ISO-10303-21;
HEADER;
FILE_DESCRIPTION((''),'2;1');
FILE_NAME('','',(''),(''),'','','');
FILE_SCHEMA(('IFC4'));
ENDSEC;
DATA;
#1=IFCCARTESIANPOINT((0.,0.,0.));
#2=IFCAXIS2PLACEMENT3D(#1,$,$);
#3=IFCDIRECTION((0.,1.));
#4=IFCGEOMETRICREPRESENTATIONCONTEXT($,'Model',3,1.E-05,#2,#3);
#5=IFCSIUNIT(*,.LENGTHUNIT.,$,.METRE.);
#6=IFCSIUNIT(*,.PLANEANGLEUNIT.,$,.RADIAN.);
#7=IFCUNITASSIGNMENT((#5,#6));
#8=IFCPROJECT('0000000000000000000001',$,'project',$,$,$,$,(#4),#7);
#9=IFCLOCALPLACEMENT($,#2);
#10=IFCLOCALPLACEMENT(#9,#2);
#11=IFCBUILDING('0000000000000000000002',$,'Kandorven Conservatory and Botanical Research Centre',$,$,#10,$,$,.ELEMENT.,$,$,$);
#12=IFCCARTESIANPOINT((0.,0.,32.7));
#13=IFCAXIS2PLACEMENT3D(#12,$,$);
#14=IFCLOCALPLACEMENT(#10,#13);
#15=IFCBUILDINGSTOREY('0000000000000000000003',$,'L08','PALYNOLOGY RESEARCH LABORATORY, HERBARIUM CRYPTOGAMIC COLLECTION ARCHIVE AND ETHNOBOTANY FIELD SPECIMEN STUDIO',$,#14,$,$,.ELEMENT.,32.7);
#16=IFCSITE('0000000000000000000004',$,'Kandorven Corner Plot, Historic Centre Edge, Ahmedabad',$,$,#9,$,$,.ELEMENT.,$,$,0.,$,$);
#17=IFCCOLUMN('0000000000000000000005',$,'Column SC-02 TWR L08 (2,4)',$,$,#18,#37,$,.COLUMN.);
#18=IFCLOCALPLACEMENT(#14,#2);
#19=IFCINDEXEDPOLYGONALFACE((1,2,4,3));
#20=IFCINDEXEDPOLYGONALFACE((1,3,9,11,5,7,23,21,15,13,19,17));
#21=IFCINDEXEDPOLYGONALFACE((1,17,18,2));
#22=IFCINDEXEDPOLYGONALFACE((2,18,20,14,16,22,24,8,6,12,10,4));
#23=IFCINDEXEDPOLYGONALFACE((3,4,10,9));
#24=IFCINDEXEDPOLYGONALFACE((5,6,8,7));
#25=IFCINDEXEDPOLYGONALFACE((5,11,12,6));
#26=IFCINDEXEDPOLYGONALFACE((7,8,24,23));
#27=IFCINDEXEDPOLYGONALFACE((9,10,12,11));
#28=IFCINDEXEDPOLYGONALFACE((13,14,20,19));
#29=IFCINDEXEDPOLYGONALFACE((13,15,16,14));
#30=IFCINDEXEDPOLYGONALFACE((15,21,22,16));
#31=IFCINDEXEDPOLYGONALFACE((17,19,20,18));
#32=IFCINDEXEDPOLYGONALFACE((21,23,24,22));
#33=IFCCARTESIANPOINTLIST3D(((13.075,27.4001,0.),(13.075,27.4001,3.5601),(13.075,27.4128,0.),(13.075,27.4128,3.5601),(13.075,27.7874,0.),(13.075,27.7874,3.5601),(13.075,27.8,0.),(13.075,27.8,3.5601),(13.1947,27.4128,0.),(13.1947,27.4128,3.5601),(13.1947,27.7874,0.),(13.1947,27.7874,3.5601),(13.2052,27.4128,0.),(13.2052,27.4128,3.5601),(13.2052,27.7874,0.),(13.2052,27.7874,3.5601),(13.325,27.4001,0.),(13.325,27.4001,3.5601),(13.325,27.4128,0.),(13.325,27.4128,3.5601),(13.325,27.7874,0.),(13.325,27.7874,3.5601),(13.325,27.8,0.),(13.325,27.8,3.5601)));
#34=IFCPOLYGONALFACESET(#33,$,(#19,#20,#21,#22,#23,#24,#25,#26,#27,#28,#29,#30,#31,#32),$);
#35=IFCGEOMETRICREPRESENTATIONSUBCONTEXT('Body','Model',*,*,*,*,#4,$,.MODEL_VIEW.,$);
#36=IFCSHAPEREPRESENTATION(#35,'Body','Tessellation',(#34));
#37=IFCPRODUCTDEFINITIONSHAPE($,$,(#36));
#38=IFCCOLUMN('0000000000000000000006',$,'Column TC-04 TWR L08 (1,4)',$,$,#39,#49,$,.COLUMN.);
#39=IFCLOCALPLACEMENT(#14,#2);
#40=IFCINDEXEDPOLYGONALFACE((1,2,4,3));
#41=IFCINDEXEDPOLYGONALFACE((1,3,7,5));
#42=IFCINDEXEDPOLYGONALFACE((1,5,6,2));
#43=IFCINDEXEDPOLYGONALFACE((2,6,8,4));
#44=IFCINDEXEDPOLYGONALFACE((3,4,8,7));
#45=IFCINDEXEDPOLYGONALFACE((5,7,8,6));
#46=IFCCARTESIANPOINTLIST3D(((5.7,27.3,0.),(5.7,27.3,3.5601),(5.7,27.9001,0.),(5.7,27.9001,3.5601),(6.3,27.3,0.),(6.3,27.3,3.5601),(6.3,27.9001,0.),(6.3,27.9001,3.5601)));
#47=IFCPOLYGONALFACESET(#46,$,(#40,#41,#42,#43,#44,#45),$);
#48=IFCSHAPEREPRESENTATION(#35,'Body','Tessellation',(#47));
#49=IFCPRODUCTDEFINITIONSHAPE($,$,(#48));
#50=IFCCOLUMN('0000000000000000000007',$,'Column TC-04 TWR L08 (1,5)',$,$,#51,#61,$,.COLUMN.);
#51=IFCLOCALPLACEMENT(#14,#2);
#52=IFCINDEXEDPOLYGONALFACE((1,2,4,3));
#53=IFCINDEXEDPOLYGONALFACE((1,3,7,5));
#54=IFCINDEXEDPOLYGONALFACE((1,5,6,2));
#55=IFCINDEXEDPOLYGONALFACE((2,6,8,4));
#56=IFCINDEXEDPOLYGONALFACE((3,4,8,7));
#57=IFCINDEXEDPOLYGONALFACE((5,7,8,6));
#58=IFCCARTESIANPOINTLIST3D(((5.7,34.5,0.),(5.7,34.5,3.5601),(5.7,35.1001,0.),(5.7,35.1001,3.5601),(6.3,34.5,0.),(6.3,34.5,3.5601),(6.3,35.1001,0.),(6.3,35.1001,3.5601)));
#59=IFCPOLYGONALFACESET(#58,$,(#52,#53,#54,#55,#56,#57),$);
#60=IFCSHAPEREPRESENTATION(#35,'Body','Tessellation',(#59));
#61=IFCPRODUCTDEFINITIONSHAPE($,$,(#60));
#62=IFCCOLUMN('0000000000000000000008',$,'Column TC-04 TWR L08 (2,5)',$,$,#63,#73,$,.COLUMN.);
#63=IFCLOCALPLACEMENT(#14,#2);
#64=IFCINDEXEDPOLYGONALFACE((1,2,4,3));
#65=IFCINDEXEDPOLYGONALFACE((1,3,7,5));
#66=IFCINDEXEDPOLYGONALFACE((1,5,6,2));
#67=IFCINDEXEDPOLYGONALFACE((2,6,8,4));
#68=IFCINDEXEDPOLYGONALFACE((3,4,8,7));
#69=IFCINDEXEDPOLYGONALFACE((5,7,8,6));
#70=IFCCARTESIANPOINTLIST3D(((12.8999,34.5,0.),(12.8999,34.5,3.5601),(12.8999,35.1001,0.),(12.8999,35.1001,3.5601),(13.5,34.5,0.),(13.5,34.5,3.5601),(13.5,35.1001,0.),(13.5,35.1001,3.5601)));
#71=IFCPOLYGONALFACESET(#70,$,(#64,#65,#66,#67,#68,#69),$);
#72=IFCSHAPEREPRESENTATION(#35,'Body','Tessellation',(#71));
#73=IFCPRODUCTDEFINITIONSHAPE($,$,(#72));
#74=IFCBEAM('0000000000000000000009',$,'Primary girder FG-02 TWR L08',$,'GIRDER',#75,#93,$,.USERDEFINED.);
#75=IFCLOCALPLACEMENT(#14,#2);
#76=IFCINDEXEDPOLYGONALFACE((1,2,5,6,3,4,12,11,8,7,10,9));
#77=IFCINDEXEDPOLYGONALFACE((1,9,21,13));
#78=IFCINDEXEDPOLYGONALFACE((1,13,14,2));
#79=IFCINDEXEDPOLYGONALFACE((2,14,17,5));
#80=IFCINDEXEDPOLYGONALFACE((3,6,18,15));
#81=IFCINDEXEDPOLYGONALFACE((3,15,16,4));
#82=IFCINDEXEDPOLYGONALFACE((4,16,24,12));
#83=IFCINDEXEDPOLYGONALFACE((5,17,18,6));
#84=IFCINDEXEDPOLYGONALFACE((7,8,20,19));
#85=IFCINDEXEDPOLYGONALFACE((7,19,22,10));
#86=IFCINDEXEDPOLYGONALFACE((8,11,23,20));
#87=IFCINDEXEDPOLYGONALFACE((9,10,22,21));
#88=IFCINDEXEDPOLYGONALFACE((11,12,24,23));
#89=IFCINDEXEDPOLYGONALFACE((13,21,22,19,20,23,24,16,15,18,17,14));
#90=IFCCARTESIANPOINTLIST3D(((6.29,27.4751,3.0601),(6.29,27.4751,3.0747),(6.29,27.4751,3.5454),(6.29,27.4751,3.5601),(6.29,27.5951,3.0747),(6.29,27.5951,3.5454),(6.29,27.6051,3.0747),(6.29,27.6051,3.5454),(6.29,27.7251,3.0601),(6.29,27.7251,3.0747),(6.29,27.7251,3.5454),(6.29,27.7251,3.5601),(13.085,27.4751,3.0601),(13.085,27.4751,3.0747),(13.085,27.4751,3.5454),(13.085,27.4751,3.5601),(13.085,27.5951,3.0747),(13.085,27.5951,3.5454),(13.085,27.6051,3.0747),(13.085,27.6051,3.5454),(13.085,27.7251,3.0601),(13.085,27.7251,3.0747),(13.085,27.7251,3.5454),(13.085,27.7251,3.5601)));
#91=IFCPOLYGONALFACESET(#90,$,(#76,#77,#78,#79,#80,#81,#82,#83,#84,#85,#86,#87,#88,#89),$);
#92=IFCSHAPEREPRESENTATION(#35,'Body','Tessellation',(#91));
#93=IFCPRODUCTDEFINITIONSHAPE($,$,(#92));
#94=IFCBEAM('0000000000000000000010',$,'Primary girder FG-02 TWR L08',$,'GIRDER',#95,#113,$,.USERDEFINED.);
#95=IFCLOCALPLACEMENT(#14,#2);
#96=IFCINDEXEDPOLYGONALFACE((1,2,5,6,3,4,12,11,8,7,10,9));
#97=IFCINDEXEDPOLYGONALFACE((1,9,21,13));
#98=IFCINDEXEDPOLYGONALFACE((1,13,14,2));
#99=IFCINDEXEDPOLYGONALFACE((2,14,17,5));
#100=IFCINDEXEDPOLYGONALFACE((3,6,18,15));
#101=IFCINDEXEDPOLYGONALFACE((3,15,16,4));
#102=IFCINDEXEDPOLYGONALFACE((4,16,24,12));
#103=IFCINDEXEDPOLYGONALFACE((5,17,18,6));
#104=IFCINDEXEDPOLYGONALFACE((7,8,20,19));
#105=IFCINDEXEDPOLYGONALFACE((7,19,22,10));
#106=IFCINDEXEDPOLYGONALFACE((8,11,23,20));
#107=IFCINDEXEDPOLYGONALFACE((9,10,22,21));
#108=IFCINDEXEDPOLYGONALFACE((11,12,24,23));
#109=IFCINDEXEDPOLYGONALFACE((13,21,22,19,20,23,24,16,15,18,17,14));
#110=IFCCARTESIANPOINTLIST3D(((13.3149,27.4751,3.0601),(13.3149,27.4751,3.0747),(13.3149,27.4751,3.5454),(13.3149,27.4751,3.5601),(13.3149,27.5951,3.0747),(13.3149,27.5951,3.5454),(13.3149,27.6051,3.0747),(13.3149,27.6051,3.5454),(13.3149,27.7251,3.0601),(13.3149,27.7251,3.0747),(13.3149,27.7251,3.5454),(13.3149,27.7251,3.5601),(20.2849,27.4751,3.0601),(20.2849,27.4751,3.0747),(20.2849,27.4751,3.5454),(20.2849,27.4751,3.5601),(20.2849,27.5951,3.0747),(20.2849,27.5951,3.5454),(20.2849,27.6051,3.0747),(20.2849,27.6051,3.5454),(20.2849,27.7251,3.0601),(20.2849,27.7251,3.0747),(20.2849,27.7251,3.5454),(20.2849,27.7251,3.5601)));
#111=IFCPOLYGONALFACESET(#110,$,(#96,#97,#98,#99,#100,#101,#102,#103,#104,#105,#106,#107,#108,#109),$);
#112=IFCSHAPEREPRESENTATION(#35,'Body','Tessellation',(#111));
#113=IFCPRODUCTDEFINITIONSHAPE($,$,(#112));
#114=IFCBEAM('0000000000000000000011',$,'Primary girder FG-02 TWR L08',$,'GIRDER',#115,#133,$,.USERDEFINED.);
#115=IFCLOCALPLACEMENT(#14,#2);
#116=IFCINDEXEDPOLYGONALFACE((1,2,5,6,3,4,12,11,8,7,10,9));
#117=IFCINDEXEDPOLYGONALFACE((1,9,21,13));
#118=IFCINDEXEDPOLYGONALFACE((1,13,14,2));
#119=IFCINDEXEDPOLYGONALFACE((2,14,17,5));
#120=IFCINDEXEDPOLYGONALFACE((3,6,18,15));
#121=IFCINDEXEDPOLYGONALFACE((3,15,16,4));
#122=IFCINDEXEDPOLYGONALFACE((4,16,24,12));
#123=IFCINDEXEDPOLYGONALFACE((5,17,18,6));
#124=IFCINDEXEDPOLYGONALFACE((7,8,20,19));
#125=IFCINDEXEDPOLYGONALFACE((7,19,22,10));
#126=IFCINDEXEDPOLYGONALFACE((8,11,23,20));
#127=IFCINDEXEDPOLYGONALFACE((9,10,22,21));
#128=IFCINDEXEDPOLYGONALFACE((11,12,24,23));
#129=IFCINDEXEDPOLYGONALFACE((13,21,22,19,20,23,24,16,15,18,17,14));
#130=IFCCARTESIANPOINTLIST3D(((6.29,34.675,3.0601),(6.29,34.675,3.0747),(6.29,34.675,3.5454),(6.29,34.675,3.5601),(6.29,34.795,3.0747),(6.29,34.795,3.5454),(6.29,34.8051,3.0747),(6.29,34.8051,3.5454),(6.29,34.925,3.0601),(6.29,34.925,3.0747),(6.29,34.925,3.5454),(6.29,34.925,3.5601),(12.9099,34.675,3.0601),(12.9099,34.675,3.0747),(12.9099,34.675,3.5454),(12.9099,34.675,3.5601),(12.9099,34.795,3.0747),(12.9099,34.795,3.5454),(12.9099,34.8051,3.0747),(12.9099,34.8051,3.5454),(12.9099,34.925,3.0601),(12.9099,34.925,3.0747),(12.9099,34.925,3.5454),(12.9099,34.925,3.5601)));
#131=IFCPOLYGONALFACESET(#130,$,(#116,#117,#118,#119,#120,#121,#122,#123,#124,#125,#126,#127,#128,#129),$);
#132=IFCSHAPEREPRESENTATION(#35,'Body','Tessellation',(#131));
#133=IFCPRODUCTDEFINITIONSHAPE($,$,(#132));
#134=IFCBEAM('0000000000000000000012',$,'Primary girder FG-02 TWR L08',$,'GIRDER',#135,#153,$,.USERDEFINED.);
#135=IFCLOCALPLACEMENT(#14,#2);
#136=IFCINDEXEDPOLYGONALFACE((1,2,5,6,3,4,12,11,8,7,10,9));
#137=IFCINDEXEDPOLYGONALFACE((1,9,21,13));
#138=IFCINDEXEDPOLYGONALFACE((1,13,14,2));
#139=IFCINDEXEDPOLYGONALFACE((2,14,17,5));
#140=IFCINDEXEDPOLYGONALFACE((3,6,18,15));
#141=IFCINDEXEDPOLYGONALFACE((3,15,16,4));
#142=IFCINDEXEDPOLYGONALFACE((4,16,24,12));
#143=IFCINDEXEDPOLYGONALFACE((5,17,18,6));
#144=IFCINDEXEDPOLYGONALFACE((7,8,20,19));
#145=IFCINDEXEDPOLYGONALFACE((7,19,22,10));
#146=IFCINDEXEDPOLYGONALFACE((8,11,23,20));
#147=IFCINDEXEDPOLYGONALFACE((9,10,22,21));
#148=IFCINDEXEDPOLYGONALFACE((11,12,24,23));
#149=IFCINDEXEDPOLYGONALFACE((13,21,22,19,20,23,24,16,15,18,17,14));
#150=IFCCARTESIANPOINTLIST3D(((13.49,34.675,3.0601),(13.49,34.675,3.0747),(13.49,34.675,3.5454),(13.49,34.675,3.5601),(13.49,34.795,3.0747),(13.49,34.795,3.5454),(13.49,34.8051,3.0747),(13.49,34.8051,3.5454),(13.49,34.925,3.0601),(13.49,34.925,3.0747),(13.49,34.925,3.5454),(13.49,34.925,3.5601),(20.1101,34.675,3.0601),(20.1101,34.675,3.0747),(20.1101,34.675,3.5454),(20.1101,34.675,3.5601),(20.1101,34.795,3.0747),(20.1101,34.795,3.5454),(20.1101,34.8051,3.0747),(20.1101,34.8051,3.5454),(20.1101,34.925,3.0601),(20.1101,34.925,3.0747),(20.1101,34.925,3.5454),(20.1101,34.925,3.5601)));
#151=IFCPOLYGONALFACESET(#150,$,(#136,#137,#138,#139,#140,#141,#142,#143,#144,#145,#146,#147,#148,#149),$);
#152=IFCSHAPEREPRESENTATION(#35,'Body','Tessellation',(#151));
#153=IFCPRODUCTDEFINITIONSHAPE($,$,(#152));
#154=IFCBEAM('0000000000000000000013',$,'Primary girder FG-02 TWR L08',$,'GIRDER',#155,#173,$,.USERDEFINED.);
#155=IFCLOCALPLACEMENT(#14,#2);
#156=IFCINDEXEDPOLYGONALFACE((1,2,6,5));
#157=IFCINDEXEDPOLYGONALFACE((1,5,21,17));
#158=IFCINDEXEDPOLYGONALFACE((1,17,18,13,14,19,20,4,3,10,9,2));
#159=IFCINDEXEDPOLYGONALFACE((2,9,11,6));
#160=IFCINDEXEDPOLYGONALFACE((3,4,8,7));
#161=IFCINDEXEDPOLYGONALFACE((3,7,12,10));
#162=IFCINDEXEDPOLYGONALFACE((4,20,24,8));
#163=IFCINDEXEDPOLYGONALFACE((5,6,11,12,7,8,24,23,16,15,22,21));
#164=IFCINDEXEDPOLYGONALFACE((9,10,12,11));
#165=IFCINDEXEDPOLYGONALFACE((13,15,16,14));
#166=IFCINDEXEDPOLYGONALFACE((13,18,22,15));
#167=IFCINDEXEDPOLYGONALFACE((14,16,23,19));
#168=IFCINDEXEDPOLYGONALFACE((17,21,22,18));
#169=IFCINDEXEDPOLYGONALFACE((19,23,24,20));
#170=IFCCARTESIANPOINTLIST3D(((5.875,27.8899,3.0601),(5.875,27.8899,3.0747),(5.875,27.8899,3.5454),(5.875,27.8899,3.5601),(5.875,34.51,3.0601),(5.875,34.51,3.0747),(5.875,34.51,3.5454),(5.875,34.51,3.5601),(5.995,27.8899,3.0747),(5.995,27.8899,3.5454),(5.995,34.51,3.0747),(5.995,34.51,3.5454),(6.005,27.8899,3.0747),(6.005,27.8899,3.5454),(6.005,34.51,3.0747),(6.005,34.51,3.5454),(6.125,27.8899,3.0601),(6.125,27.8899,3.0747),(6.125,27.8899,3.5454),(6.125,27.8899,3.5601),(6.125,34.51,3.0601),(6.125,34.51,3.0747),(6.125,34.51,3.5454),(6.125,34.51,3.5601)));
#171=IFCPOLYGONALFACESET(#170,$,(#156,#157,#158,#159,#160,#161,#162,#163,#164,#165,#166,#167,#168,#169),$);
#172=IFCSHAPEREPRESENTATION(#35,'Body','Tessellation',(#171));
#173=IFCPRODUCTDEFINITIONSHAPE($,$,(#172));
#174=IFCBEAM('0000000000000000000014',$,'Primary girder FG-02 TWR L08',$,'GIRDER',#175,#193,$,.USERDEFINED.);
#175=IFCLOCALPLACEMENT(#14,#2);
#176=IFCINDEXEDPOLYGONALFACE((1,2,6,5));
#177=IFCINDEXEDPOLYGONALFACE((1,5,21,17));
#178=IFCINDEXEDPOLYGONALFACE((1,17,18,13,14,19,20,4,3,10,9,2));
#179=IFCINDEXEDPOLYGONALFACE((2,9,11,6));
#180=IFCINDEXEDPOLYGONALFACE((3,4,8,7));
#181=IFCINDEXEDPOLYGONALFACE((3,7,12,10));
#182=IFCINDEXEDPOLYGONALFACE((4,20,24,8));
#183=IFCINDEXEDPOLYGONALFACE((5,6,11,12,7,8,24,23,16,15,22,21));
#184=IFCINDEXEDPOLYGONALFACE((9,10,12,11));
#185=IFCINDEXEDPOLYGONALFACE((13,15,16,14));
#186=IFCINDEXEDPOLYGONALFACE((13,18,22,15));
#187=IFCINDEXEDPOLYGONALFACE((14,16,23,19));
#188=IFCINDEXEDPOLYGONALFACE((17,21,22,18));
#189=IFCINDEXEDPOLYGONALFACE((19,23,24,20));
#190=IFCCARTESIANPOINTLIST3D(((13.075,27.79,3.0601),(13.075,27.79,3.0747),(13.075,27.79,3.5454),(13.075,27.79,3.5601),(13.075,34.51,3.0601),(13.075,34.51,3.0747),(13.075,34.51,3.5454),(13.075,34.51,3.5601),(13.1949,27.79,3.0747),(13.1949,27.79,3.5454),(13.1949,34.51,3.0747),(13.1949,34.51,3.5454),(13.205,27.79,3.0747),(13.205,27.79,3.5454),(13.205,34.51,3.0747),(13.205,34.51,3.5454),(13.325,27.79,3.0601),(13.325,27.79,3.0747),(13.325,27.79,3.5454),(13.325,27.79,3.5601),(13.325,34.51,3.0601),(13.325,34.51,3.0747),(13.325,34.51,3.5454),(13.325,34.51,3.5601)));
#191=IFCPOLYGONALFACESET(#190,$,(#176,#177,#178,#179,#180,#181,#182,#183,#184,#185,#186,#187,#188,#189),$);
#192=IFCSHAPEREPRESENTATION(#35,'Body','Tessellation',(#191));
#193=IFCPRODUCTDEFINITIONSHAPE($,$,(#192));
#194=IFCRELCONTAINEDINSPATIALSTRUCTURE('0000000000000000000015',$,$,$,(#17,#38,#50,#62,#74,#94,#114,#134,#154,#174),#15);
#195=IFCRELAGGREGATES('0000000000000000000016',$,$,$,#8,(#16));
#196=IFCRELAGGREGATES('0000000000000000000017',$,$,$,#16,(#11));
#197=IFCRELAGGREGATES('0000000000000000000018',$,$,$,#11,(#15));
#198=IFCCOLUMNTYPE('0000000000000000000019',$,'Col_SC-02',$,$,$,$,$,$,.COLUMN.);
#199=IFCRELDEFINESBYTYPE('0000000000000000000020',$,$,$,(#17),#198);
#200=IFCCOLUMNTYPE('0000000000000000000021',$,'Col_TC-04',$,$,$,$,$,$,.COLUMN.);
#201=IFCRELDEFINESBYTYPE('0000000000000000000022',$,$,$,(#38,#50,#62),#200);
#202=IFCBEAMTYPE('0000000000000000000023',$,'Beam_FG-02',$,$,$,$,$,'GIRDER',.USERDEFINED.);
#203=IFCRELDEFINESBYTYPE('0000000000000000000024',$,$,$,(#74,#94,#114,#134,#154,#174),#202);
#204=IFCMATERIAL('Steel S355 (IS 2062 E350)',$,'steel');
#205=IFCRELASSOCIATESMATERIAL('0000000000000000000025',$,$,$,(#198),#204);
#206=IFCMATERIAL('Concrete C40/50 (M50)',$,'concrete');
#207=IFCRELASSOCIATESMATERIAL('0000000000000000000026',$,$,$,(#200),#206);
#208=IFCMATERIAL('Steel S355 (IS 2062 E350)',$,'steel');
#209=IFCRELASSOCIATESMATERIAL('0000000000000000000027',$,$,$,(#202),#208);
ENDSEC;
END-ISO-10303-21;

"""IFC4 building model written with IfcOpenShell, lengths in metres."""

from ifc_helpers import new_model, si_unit, direction, frame, origin, origin_2d, place, context, subcontext, project, spatial, rectangle, i_section, extrude, material, material_profile, profile_set, type_object, element, save


model = new_model("IFC4")

# Units and contexts
model_context = context("Model", 3, precision=1e-05, world=origin(), true_north=direction((0.0, 1.0)))
body_context = subcontext(model_context, "Body", "Model", "MODEL_VIEW")
ifc_project = project(units=[si_unit("LENGTHUNIT", "METRE"), si_unit("PLANEANGLEUNIT", "RADIAN")], contexts=[model_context])

# Site, building, storey
site_placement = place(None, origin())
site = spatial("IfcSite", under=ifc_project, at=site_placement, Name="Kandorven Corner Plot, Historic Centre Edge, Ahmedabad", CompositionType="ELEMENT", RefElevation=0.0)
building_placement = place(site_placement, origin())
building = spatial("IfcBuilding", under=site, at=building_placement, Name="Kandorven Conservatory and Botanical Research Centre", CompositionType="ELEMENT")
storey_placement = place(building_placement, frame((0.0, 0.0, 32.7)))
storey = spatial("IfcBuildingStorey", under=building, at=storey_placement, Name="L08", Description="PALYNOLOGY RESEARCH LABORATORY, HERBARIUM CRYPTOGAMIC COLLECTION ARCHIVE AND ETHNOBOTANY FIELD SPECIMEN STUDIO", CompositionType="ELEMENT", Elevation=32.7)

# Columns
ifc_material_1 = material(Name="Steel S355 (IS 2062 E350)", Category="steel")
ifc_material_profile_1 = material_profile(ifc_material_1, i_section(OverallWidth=0.25, OverallDepth=0.3999, WebThickness=0.0105, FlangeThickness=0.0127, at=origin_2d()))
ifc_profile_set_1 = profile_set([ifc_material_profile_1], Name="Steel S355 (IS 2062 E350)")
column_type_1 = type_object("IfcColumnType", Name="Col_SC-02", PredefinedType="COLUMN", material=ifc_profile_set_1)
column_placement = place(storey_placement, frame((13.2, 27.6001, 0.0), z_axis=(0.0, 0.0, 1.0), x_axis=(1.0, 0.0, 0.0)))
element("IfcColumn", 1, at=column_placement, inside=storey, type_object=column_type_1, Name="Column SC-02 TWR L08 (2,4)", PredefinedType="COLUMN", context=body_context, shape_type="SweptSolid", body=[
    extrude(i_section(OverallWidth=0.25, OverallDepth=0.3999, WebThickness=0.0105, FlangeThickness=0.0127, at=origin_2d()), origin(), (0.0, 0.0, 1.0), 3.5601),
])
ifc_material_2 = material(Name="Concrete C40/50 (M50)", Category="concrete")
ifc_material_profile_2 = material_profile(ifc_material_2, rectangle(XDim=0.6001, YDim=0.6001, at=origin_2d()))
ifc_profile_set_2 = profile_set([ifc_material_profile_2], Name="Concrete C40/50 (M50)")
column_type_2 = type_object("IfcColumnType", Name="Col_TC-04", PredefinedType="COLUMN", material=ifc_profile_set_2)
for number, where, z_axis, x_axis, name in (
    (2, (6.0, 27.6001, 0.0), (0.0, 0.0, 1.0), (1.0, 0.0, 0.0), "Column TC-04 TWR L08 (1,4)"),
    (3, (6.0, 34.8, 0.0), (0.0, 0.0, 1.0), (1.0, 0.0, 0.0), "Column TC-04 TWR L08 (1,5)"),
    (4, (13.2, 34.8, 0.0), (0.0, 0.0, 1.0), (1.0, 0.0, 0.0), "Column TC-04 TWR L08 (2,5)"),
):
    element("IfcColumn", number, at=place(storey_placement, frame(where, z_axis=z_axis, x_axis=x_axis)), inside=storey, type_object=column_type_2, Name=name, PredefinedType="COLUMN", context=body_context, shape_type="SweptSolid", body=[
        extrude(rectangle(XDim=0.6001, YDim=0.6001, at=origin_2d()), origin(), (0.0, 0.0, 1.0), 3.5601),
    ])

# Beams
ifc_material_3 = material(Name="Steel S355 (IS 2062 E350)", Category="steel")
ifc_material_profile_3 = material_profile(ifc_material_3, i_section(OverallWidth=0.25, OverallDepth=0.5, WebThickness=0.01, FlangeThickness=0.0146, at=origin_2d()))
ifc_profile_set_3 = profile_set([ifc_material_profile_3], Name="Steel S355 (IS 2062 E350)")
beam_type_1 = type_object("IfcBeamType", Name="Beam_FG-02", ElementType="GIRDER", PredefinedType="USERDEFINED", material=ifc_profile_set_3)
beam_1_placement = place(storey_placement, frame((6.29, 27.6001, 3.3101), z_axis=(1.0, 0.0, 0.0), x_axis=(0.0, 1.0, 0.0)))
element("IfcBeam", 5, at=beam_1_placement, inside=storey, type_object=beam_type_1, Name="Primary girder FG-02 TWR L08", ObjectType="GIRDER", PredefinedType="USERDEFINED", context=body_context, shape_type="SweptSolid", body=[
    extrude(i_section(OverallWidth=0.25, OverallDepth=0.5, WebThickness=0.01, FlangeThickness=0.0146, at=origin_2d()), origin(), (0.0, 0.0, 1.0), 6.7949),
])
beam_2_placement = place(storey_placement, frame((13.3149, 27.6001, 3.3101), z_axis=(1.0, 0.0, 0.0), x_axis=(0.0, 1.0, 0.0)))
element("IfcBeam", 6, at=beam_2_placement, inside=storey, type_object=beam_type_1, Name="Primary girder FG-02 TWR L08", ObjectType="GIRDER", PredefinedType="USERDEFINED", context=body_context, shape_type="SweptSolid", body=[
    extrude(i_section(OverallWidth=0.25, OverallDepth=0.5, WebThickness=0.01, FlangeThickness=0.0146, at=origin_2d()), origin(), (0.0, 0.0, 1.0), 6.97),
])
beam_3_placement = place(storey_placement, frame((6.29, 34.8, 3.3101), z_axis=(1.0, 0.0, 0.0), x_axis=(0.0, 1.0, 0.0)))
element("IfcBeam", 7, at=beam_3_placement, inside=storey, type_object=beam_type_1, Name="Primary girder FG-02 TWR L08", ObjectType="GIRDER", PredefinedType="USERDEFINED", context=body_context, shape_type="SweptSolid", body=[
    extrude(i_section(OverallWidth=0.25, OverallDepth=0.5, WebThickness=0.01, FlangeThickness=0.0146, at=origin_2d()), origin(), (0.0, 0.0, 1.0), 6.6199),
])
for number, where, z_axis, x_axis, name in (
    (8, (13.49, 34.8, 3.3101), (1.0, 0.0, 0.0), (0.0, 1.0, 0.0), "Primary girder FG-02 TWR L08"),
    (9, (6.0, 27.8899, 3.3101), (0.0, 1.0, 0.0), (-1.0, 0.0, 0.0), "Primary girder FG-02 TWR L08"),
):
    element("IfcBeam", number, at=place(storey_placement, frame(where, z_axis=z_axis, x_axis=x_axis)), inside=storey, type_object=beam_type_1, Name=name, ObjectType="GIRDER", PredefinedType="USERDEFINED", context=body_context, shape_type="SweptSolid", body=[
        extrude(i_section(OverallWidth=0.25, OverallDepth=0.5, WebThickness=0.01, FlangeThickness=0.0146, at=origin_2d()), origin(), (0.0, 0.0, 1.0), 6.6201),
    ])
beam_4_placement = place(storey_placement, frame((13.2, 27.79, 3.3101), z_axis=(0.0, 1.0, 0.0), x_axis=(-1.0, 0.0, 0.0)))
element("IfcBeam", 10, at=beam_4_placement, inside=storey, type_object=beam_type_1, Name="Primary girder FG-02 TWR L08", ObjectType="GIRDER", PredefinedType="USERDEFINED", context=body_context, shape_type="SweptSolid", body=[
    extrude(i_section(OverallWidth=0.25, OverallDepth=0.5, WebThickness=0.01, FlangeThickness=0.0146, at=origin_2d()), origin(), (0.0, 0.0, 1.0), 6.72),
])

save(model, "model.ifc")
